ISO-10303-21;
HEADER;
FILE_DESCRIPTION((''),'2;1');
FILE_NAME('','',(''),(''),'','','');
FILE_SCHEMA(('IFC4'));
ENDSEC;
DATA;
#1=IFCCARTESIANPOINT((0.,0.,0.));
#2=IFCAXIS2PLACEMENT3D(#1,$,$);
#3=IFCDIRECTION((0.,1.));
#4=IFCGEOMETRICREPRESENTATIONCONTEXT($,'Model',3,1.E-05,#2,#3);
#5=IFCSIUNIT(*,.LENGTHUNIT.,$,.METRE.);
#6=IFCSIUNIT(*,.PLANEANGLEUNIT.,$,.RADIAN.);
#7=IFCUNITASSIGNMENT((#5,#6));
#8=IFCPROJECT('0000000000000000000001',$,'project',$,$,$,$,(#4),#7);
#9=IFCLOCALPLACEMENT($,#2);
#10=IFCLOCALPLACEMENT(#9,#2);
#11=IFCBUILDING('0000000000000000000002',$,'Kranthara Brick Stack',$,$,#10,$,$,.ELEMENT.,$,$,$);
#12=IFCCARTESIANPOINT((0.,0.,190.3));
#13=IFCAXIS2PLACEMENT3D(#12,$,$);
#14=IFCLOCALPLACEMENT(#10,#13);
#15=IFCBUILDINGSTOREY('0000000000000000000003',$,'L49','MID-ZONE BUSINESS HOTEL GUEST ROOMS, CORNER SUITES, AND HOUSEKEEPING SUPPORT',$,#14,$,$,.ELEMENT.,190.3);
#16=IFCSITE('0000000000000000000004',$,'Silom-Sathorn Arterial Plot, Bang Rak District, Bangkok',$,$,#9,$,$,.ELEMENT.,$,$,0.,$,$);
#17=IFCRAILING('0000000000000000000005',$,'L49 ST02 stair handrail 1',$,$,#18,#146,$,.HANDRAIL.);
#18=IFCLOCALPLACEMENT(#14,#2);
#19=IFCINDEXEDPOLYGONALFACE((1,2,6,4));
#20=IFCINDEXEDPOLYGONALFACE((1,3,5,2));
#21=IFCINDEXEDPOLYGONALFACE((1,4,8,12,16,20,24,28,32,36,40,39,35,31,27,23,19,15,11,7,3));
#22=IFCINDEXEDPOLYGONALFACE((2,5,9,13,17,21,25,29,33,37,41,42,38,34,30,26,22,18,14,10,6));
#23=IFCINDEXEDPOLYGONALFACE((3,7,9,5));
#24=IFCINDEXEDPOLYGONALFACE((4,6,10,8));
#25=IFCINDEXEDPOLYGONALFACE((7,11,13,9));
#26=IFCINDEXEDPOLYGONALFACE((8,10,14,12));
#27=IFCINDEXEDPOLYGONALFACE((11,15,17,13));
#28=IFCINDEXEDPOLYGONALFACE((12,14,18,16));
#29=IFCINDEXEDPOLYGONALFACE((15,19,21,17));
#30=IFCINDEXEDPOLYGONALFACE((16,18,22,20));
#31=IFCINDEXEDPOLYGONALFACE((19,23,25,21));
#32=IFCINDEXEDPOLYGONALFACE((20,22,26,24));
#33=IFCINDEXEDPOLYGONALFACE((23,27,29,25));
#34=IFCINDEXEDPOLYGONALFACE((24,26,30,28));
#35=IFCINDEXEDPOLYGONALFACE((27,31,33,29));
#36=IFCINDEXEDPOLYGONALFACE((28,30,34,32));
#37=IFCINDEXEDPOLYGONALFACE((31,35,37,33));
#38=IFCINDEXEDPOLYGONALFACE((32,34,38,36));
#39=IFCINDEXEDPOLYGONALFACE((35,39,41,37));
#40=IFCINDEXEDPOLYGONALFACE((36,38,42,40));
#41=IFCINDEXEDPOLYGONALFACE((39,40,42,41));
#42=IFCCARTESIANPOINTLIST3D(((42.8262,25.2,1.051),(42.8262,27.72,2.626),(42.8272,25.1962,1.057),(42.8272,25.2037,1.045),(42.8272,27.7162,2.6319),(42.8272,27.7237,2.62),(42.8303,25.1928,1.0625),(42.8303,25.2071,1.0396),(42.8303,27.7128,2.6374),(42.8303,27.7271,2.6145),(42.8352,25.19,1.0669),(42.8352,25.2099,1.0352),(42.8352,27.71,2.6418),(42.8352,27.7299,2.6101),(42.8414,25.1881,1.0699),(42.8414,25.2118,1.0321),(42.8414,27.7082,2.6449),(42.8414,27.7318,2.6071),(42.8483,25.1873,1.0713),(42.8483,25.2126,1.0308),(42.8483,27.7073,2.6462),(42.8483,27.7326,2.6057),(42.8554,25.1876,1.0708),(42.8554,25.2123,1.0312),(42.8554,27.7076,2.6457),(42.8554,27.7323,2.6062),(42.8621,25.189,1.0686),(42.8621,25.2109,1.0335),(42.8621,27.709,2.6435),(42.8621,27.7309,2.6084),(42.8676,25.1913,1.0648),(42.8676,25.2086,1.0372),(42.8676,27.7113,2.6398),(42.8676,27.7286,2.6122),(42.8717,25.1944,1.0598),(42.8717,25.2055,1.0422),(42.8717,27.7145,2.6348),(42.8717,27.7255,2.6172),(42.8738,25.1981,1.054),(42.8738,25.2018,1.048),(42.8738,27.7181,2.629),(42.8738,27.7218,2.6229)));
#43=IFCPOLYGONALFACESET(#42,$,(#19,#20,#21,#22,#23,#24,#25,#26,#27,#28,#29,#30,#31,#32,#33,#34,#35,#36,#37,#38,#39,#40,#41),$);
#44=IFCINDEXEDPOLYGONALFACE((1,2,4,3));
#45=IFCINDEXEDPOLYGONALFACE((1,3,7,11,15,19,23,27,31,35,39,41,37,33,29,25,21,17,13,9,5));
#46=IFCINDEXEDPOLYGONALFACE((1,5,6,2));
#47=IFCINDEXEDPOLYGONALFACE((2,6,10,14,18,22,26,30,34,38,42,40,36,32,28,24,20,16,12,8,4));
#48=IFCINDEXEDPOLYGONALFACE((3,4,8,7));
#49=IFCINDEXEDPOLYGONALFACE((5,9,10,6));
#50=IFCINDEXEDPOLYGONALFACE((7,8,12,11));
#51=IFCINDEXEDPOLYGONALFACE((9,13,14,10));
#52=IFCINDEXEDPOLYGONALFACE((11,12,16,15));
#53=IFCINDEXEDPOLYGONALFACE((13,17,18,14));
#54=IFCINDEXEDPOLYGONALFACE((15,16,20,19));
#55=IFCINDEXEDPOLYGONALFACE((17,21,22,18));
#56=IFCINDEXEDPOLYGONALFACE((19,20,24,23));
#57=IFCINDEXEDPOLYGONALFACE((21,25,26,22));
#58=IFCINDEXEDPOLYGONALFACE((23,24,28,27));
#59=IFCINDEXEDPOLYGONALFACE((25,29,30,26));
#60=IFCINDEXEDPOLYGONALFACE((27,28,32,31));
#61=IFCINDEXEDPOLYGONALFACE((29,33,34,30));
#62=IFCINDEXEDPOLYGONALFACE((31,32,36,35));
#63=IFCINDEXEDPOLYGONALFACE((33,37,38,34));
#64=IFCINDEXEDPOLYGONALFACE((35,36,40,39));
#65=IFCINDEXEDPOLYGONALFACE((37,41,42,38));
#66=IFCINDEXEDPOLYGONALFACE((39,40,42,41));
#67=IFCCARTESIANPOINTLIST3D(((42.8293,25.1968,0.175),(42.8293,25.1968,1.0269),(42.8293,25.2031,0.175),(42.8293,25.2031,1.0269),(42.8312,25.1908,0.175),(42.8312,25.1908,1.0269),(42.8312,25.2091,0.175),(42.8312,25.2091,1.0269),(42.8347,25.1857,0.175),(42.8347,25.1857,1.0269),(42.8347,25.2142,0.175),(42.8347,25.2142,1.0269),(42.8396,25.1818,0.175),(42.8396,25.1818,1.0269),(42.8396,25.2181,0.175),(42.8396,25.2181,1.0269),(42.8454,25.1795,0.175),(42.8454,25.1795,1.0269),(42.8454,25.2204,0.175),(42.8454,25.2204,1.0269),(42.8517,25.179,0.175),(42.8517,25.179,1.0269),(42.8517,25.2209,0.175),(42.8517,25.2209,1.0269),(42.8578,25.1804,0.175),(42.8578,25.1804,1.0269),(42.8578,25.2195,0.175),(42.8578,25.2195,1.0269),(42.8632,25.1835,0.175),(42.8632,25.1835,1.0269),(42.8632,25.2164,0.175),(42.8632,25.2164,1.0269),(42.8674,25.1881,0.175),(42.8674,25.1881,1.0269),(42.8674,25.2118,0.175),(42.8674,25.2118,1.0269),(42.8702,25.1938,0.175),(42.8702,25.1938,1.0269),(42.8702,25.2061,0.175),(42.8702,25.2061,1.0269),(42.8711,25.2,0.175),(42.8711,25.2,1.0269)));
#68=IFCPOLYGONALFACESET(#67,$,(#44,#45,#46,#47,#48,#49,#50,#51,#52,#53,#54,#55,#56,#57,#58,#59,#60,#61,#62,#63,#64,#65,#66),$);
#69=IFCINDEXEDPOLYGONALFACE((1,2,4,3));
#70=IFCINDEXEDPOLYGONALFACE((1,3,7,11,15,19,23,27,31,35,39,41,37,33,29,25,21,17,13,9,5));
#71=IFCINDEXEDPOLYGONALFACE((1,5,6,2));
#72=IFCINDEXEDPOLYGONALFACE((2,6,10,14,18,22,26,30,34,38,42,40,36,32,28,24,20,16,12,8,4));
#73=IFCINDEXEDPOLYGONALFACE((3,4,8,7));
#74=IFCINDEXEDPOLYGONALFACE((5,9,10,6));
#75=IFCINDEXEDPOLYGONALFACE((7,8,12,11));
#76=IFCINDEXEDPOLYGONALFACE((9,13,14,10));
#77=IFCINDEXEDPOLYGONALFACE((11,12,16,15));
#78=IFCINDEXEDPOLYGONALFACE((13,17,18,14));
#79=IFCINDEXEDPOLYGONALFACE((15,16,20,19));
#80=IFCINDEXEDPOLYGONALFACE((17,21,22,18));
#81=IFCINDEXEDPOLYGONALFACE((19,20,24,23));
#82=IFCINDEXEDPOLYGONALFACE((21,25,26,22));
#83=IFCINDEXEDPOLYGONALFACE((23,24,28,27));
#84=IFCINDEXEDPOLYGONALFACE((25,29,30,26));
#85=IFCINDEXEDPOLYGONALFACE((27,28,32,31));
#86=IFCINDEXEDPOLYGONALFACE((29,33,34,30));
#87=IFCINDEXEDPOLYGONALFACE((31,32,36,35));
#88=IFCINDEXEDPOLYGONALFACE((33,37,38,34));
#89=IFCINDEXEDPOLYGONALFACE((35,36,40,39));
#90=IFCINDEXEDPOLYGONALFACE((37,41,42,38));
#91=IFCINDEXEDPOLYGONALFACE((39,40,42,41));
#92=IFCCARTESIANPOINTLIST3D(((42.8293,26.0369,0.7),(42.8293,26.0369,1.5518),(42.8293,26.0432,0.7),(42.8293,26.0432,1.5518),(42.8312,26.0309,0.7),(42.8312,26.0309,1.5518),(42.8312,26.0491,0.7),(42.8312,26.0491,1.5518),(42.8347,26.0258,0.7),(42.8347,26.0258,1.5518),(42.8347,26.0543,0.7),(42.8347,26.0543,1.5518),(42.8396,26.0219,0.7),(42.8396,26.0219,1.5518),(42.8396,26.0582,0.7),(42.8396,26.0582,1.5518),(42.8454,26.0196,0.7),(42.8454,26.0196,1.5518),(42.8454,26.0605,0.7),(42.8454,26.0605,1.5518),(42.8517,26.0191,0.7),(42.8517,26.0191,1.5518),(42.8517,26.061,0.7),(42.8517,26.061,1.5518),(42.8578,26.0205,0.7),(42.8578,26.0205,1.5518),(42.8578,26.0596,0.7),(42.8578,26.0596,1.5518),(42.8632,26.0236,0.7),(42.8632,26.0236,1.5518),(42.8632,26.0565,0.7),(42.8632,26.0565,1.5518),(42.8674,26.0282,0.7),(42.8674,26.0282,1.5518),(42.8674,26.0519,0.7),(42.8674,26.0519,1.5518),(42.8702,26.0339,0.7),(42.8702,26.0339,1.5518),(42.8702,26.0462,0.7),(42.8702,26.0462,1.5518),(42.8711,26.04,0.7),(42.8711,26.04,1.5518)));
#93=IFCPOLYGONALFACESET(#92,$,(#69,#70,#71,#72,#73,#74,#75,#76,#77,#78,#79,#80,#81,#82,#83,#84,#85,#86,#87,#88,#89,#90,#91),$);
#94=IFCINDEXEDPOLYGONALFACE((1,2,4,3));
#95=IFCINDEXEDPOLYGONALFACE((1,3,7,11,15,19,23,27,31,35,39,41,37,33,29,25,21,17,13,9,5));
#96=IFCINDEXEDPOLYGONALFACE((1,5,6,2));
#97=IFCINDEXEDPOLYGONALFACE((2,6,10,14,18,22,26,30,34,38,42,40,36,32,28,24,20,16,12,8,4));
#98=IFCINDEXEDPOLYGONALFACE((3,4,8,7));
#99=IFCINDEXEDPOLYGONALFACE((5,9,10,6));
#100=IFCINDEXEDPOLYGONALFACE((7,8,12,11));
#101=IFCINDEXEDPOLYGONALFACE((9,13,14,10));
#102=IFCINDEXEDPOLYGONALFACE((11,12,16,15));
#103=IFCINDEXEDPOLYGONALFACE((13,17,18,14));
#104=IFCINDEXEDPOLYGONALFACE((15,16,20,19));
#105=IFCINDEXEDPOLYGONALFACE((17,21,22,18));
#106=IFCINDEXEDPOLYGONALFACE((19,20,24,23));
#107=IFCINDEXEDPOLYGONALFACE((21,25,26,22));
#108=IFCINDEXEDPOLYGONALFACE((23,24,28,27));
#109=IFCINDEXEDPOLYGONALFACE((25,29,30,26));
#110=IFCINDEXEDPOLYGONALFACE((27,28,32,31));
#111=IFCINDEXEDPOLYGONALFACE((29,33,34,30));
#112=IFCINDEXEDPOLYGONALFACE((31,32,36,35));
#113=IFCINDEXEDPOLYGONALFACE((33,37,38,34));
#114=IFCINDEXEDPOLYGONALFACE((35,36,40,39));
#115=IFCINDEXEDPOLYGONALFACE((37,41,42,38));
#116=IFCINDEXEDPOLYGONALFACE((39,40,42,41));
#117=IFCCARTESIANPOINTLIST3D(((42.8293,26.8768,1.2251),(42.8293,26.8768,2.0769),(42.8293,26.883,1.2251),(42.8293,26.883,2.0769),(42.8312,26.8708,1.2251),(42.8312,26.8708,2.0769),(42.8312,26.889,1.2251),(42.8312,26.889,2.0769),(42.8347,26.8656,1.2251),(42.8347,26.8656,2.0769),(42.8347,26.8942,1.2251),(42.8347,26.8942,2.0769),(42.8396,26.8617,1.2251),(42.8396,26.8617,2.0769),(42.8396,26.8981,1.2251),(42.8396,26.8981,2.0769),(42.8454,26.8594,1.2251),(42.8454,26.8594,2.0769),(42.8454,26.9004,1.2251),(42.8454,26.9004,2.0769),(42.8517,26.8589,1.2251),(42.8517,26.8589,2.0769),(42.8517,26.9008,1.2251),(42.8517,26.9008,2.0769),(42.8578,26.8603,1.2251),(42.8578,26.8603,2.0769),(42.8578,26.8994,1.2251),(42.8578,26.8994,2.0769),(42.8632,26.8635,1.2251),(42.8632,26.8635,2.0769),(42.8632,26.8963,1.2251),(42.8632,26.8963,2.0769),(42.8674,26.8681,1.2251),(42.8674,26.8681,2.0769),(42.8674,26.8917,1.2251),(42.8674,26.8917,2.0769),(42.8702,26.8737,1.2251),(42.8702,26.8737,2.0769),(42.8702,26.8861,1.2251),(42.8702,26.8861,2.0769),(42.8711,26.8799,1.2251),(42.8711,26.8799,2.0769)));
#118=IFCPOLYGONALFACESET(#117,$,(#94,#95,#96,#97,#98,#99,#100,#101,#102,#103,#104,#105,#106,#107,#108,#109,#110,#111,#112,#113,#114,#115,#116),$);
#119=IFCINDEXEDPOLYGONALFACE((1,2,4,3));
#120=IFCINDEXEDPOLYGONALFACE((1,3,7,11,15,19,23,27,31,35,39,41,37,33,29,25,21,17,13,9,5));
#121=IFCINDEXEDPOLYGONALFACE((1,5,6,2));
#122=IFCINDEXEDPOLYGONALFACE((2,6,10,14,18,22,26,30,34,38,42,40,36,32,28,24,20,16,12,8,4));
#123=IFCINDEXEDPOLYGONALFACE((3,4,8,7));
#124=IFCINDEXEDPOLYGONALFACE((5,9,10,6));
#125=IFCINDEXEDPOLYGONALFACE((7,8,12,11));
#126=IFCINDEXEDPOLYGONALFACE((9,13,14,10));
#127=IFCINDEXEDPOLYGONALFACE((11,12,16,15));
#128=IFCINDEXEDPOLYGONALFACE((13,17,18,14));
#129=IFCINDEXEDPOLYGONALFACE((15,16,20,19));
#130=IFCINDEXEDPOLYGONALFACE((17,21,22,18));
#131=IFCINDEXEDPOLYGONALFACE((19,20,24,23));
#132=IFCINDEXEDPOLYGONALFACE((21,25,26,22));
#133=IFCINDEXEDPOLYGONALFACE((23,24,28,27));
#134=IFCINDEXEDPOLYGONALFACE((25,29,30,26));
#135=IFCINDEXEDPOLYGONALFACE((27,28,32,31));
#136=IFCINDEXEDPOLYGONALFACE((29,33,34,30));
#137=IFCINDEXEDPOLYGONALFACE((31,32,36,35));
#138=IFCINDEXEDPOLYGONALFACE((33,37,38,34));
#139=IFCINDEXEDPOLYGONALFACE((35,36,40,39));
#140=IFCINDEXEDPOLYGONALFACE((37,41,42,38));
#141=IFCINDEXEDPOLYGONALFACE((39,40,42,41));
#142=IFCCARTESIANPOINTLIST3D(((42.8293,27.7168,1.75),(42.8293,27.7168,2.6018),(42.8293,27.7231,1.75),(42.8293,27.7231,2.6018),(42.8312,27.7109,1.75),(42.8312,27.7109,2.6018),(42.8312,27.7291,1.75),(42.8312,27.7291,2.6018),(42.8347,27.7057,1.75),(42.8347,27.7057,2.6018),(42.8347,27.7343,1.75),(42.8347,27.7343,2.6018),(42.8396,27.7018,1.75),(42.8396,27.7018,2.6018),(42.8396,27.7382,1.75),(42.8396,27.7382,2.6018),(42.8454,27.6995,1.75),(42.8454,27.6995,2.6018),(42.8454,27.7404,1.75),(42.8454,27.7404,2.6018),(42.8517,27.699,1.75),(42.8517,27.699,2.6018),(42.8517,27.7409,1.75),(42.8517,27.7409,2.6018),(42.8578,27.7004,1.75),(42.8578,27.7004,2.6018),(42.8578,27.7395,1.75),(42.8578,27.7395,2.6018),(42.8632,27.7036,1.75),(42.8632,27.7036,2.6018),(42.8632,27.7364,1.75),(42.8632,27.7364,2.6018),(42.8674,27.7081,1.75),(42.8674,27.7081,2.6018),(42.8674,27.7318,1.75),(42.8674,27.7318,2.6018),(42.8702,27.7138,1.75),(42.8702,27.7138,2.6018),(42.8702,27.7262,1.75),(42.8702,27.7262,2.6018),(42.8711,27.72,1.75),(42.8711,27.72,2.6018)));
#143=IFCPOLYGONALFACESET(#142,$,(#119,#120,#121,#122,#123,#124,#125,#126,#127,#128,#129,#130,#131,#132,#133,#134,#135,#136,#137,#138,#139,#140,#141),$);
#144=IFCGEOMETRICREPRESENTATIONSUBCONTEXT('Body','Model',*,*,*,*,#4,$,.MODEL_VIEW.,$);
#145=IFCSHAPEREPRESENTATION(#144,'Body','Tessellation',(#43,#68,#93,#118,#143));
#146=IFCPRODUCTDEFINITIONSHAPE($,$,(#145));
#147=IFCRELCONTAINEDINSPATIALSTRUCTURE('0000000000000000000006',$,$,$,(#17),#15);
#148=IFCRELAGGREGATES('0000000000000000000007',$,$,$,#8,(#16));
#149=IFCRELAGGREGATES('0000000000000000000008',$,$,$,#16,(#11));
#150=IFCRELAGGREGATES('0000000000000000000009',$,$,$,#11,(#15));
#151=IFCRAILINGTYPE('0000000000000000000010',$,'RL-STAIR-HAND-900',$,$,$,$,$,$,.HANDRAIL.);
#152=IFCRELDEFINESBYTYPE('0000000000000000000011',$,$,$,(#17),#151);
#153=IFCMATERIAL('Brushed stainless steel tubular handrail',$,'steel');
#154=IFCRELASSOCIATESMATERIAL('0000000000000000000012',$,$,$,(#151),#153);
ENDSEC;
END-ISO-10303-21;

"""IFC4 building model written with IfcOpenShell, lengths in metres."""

from ifc_helpers import new_model, si_unit, direction, frame, origin, origin_2d, place, context, subcontext, project, spatial, circle, extrude, material, type_object, element, save


model = new_model("IFC4")

# Units and contexts
model_context = context("Model", 3, precision=1e-05, world=origin(), true_north=direction((0.0, 1.0)))
body_context = subcontext(model_context, "Body", "Model", "MODEL_VIEW")
ifc_project = project(units=[si_unit("LENGTHUNIT", "METRE"), si_unit("PLANEANGLEUNIT", "RADIAN")], contexts=[model_context])

# Site, building, storey
site_placement = place(None, origin())
site = spatial("IfcSite", under=ifc_project, at=site_placement, Name="Silom-Sathorn Arterial Plot, Bang Rak District, Bangkok", CompositionType="ELEMENT", RefElevation=0.0)
building_placement = place(site_placement, origin())
building = spatial("IfcBuilding", under=site, at=building_placement, Name="Kranthara Brick Stack", CompositionType="ELEMENT")
storey_placement = place(building_placement, frame((0.0, 0.0, 190.3)))
storey = spatial("IfcBuildingStorey", under=building, at=storey_placement, Name="L49", Description="MID-ZONE BUSINESS HOTEL GUEST ROOMS, CORNER SUITES, AND HOUSEKEEPING SUPPORT", CompositionType="ELEMENT", Elevation=190.3)

# Railing
ifc_material_1 = material(Name="Brushed stainless steel tubular handrail", Category="steel")
railing_type_1 = type_object("IfcRailingType", Name="RL-STAIR-HAND-900", PredefinedType="HANDRAIL", material=ifc_material_1)
railing_1_placement = place(storey_placement, frame((42.8501, 25.2, 0.175)))
element("IfcRailing", 1, at=railing_1_placement, inside=storey, type_object=railing_type_1, Name="L49 ST02 stair handrail 1", PredefinedType="HANDRAIL", context=body_context, shape_type="SweptSolid", body=[
    extrude(circle(Radius=0.0239, at=origin_2d()), frame((0.0, 0.0, 0.876), z_axis=(0.0, 0.848008, 0.529984), x_axis=(-1.0, 0.0, 0.0)), (0.0, 0.0, 1.0), 2.9717),
    extrude(circle(Radius=0.021, at=origin_2d()), origin(), (0.0, 0.0, 1.0), 0.8518),
    extrude(circle(Radius=0.021, at=origin_2d()), frame((0.0, 0.8401, 0.5249)), (0.0, 0.0, 1.0), 0.8518),
    extrude(circle(Radius=0.021, at=origin_2d()), frame((0.0, 1.6799, 1.05)), (0.0, 0.0, 1.0), 0.8518),
    extrude(circle(Radius=0.021, at=origin_2d()), frame((0.0, 2.52, 1.575)), (0.0, 0.0, 1.0), 0.8518),
])

save(model, "model.ifc")
